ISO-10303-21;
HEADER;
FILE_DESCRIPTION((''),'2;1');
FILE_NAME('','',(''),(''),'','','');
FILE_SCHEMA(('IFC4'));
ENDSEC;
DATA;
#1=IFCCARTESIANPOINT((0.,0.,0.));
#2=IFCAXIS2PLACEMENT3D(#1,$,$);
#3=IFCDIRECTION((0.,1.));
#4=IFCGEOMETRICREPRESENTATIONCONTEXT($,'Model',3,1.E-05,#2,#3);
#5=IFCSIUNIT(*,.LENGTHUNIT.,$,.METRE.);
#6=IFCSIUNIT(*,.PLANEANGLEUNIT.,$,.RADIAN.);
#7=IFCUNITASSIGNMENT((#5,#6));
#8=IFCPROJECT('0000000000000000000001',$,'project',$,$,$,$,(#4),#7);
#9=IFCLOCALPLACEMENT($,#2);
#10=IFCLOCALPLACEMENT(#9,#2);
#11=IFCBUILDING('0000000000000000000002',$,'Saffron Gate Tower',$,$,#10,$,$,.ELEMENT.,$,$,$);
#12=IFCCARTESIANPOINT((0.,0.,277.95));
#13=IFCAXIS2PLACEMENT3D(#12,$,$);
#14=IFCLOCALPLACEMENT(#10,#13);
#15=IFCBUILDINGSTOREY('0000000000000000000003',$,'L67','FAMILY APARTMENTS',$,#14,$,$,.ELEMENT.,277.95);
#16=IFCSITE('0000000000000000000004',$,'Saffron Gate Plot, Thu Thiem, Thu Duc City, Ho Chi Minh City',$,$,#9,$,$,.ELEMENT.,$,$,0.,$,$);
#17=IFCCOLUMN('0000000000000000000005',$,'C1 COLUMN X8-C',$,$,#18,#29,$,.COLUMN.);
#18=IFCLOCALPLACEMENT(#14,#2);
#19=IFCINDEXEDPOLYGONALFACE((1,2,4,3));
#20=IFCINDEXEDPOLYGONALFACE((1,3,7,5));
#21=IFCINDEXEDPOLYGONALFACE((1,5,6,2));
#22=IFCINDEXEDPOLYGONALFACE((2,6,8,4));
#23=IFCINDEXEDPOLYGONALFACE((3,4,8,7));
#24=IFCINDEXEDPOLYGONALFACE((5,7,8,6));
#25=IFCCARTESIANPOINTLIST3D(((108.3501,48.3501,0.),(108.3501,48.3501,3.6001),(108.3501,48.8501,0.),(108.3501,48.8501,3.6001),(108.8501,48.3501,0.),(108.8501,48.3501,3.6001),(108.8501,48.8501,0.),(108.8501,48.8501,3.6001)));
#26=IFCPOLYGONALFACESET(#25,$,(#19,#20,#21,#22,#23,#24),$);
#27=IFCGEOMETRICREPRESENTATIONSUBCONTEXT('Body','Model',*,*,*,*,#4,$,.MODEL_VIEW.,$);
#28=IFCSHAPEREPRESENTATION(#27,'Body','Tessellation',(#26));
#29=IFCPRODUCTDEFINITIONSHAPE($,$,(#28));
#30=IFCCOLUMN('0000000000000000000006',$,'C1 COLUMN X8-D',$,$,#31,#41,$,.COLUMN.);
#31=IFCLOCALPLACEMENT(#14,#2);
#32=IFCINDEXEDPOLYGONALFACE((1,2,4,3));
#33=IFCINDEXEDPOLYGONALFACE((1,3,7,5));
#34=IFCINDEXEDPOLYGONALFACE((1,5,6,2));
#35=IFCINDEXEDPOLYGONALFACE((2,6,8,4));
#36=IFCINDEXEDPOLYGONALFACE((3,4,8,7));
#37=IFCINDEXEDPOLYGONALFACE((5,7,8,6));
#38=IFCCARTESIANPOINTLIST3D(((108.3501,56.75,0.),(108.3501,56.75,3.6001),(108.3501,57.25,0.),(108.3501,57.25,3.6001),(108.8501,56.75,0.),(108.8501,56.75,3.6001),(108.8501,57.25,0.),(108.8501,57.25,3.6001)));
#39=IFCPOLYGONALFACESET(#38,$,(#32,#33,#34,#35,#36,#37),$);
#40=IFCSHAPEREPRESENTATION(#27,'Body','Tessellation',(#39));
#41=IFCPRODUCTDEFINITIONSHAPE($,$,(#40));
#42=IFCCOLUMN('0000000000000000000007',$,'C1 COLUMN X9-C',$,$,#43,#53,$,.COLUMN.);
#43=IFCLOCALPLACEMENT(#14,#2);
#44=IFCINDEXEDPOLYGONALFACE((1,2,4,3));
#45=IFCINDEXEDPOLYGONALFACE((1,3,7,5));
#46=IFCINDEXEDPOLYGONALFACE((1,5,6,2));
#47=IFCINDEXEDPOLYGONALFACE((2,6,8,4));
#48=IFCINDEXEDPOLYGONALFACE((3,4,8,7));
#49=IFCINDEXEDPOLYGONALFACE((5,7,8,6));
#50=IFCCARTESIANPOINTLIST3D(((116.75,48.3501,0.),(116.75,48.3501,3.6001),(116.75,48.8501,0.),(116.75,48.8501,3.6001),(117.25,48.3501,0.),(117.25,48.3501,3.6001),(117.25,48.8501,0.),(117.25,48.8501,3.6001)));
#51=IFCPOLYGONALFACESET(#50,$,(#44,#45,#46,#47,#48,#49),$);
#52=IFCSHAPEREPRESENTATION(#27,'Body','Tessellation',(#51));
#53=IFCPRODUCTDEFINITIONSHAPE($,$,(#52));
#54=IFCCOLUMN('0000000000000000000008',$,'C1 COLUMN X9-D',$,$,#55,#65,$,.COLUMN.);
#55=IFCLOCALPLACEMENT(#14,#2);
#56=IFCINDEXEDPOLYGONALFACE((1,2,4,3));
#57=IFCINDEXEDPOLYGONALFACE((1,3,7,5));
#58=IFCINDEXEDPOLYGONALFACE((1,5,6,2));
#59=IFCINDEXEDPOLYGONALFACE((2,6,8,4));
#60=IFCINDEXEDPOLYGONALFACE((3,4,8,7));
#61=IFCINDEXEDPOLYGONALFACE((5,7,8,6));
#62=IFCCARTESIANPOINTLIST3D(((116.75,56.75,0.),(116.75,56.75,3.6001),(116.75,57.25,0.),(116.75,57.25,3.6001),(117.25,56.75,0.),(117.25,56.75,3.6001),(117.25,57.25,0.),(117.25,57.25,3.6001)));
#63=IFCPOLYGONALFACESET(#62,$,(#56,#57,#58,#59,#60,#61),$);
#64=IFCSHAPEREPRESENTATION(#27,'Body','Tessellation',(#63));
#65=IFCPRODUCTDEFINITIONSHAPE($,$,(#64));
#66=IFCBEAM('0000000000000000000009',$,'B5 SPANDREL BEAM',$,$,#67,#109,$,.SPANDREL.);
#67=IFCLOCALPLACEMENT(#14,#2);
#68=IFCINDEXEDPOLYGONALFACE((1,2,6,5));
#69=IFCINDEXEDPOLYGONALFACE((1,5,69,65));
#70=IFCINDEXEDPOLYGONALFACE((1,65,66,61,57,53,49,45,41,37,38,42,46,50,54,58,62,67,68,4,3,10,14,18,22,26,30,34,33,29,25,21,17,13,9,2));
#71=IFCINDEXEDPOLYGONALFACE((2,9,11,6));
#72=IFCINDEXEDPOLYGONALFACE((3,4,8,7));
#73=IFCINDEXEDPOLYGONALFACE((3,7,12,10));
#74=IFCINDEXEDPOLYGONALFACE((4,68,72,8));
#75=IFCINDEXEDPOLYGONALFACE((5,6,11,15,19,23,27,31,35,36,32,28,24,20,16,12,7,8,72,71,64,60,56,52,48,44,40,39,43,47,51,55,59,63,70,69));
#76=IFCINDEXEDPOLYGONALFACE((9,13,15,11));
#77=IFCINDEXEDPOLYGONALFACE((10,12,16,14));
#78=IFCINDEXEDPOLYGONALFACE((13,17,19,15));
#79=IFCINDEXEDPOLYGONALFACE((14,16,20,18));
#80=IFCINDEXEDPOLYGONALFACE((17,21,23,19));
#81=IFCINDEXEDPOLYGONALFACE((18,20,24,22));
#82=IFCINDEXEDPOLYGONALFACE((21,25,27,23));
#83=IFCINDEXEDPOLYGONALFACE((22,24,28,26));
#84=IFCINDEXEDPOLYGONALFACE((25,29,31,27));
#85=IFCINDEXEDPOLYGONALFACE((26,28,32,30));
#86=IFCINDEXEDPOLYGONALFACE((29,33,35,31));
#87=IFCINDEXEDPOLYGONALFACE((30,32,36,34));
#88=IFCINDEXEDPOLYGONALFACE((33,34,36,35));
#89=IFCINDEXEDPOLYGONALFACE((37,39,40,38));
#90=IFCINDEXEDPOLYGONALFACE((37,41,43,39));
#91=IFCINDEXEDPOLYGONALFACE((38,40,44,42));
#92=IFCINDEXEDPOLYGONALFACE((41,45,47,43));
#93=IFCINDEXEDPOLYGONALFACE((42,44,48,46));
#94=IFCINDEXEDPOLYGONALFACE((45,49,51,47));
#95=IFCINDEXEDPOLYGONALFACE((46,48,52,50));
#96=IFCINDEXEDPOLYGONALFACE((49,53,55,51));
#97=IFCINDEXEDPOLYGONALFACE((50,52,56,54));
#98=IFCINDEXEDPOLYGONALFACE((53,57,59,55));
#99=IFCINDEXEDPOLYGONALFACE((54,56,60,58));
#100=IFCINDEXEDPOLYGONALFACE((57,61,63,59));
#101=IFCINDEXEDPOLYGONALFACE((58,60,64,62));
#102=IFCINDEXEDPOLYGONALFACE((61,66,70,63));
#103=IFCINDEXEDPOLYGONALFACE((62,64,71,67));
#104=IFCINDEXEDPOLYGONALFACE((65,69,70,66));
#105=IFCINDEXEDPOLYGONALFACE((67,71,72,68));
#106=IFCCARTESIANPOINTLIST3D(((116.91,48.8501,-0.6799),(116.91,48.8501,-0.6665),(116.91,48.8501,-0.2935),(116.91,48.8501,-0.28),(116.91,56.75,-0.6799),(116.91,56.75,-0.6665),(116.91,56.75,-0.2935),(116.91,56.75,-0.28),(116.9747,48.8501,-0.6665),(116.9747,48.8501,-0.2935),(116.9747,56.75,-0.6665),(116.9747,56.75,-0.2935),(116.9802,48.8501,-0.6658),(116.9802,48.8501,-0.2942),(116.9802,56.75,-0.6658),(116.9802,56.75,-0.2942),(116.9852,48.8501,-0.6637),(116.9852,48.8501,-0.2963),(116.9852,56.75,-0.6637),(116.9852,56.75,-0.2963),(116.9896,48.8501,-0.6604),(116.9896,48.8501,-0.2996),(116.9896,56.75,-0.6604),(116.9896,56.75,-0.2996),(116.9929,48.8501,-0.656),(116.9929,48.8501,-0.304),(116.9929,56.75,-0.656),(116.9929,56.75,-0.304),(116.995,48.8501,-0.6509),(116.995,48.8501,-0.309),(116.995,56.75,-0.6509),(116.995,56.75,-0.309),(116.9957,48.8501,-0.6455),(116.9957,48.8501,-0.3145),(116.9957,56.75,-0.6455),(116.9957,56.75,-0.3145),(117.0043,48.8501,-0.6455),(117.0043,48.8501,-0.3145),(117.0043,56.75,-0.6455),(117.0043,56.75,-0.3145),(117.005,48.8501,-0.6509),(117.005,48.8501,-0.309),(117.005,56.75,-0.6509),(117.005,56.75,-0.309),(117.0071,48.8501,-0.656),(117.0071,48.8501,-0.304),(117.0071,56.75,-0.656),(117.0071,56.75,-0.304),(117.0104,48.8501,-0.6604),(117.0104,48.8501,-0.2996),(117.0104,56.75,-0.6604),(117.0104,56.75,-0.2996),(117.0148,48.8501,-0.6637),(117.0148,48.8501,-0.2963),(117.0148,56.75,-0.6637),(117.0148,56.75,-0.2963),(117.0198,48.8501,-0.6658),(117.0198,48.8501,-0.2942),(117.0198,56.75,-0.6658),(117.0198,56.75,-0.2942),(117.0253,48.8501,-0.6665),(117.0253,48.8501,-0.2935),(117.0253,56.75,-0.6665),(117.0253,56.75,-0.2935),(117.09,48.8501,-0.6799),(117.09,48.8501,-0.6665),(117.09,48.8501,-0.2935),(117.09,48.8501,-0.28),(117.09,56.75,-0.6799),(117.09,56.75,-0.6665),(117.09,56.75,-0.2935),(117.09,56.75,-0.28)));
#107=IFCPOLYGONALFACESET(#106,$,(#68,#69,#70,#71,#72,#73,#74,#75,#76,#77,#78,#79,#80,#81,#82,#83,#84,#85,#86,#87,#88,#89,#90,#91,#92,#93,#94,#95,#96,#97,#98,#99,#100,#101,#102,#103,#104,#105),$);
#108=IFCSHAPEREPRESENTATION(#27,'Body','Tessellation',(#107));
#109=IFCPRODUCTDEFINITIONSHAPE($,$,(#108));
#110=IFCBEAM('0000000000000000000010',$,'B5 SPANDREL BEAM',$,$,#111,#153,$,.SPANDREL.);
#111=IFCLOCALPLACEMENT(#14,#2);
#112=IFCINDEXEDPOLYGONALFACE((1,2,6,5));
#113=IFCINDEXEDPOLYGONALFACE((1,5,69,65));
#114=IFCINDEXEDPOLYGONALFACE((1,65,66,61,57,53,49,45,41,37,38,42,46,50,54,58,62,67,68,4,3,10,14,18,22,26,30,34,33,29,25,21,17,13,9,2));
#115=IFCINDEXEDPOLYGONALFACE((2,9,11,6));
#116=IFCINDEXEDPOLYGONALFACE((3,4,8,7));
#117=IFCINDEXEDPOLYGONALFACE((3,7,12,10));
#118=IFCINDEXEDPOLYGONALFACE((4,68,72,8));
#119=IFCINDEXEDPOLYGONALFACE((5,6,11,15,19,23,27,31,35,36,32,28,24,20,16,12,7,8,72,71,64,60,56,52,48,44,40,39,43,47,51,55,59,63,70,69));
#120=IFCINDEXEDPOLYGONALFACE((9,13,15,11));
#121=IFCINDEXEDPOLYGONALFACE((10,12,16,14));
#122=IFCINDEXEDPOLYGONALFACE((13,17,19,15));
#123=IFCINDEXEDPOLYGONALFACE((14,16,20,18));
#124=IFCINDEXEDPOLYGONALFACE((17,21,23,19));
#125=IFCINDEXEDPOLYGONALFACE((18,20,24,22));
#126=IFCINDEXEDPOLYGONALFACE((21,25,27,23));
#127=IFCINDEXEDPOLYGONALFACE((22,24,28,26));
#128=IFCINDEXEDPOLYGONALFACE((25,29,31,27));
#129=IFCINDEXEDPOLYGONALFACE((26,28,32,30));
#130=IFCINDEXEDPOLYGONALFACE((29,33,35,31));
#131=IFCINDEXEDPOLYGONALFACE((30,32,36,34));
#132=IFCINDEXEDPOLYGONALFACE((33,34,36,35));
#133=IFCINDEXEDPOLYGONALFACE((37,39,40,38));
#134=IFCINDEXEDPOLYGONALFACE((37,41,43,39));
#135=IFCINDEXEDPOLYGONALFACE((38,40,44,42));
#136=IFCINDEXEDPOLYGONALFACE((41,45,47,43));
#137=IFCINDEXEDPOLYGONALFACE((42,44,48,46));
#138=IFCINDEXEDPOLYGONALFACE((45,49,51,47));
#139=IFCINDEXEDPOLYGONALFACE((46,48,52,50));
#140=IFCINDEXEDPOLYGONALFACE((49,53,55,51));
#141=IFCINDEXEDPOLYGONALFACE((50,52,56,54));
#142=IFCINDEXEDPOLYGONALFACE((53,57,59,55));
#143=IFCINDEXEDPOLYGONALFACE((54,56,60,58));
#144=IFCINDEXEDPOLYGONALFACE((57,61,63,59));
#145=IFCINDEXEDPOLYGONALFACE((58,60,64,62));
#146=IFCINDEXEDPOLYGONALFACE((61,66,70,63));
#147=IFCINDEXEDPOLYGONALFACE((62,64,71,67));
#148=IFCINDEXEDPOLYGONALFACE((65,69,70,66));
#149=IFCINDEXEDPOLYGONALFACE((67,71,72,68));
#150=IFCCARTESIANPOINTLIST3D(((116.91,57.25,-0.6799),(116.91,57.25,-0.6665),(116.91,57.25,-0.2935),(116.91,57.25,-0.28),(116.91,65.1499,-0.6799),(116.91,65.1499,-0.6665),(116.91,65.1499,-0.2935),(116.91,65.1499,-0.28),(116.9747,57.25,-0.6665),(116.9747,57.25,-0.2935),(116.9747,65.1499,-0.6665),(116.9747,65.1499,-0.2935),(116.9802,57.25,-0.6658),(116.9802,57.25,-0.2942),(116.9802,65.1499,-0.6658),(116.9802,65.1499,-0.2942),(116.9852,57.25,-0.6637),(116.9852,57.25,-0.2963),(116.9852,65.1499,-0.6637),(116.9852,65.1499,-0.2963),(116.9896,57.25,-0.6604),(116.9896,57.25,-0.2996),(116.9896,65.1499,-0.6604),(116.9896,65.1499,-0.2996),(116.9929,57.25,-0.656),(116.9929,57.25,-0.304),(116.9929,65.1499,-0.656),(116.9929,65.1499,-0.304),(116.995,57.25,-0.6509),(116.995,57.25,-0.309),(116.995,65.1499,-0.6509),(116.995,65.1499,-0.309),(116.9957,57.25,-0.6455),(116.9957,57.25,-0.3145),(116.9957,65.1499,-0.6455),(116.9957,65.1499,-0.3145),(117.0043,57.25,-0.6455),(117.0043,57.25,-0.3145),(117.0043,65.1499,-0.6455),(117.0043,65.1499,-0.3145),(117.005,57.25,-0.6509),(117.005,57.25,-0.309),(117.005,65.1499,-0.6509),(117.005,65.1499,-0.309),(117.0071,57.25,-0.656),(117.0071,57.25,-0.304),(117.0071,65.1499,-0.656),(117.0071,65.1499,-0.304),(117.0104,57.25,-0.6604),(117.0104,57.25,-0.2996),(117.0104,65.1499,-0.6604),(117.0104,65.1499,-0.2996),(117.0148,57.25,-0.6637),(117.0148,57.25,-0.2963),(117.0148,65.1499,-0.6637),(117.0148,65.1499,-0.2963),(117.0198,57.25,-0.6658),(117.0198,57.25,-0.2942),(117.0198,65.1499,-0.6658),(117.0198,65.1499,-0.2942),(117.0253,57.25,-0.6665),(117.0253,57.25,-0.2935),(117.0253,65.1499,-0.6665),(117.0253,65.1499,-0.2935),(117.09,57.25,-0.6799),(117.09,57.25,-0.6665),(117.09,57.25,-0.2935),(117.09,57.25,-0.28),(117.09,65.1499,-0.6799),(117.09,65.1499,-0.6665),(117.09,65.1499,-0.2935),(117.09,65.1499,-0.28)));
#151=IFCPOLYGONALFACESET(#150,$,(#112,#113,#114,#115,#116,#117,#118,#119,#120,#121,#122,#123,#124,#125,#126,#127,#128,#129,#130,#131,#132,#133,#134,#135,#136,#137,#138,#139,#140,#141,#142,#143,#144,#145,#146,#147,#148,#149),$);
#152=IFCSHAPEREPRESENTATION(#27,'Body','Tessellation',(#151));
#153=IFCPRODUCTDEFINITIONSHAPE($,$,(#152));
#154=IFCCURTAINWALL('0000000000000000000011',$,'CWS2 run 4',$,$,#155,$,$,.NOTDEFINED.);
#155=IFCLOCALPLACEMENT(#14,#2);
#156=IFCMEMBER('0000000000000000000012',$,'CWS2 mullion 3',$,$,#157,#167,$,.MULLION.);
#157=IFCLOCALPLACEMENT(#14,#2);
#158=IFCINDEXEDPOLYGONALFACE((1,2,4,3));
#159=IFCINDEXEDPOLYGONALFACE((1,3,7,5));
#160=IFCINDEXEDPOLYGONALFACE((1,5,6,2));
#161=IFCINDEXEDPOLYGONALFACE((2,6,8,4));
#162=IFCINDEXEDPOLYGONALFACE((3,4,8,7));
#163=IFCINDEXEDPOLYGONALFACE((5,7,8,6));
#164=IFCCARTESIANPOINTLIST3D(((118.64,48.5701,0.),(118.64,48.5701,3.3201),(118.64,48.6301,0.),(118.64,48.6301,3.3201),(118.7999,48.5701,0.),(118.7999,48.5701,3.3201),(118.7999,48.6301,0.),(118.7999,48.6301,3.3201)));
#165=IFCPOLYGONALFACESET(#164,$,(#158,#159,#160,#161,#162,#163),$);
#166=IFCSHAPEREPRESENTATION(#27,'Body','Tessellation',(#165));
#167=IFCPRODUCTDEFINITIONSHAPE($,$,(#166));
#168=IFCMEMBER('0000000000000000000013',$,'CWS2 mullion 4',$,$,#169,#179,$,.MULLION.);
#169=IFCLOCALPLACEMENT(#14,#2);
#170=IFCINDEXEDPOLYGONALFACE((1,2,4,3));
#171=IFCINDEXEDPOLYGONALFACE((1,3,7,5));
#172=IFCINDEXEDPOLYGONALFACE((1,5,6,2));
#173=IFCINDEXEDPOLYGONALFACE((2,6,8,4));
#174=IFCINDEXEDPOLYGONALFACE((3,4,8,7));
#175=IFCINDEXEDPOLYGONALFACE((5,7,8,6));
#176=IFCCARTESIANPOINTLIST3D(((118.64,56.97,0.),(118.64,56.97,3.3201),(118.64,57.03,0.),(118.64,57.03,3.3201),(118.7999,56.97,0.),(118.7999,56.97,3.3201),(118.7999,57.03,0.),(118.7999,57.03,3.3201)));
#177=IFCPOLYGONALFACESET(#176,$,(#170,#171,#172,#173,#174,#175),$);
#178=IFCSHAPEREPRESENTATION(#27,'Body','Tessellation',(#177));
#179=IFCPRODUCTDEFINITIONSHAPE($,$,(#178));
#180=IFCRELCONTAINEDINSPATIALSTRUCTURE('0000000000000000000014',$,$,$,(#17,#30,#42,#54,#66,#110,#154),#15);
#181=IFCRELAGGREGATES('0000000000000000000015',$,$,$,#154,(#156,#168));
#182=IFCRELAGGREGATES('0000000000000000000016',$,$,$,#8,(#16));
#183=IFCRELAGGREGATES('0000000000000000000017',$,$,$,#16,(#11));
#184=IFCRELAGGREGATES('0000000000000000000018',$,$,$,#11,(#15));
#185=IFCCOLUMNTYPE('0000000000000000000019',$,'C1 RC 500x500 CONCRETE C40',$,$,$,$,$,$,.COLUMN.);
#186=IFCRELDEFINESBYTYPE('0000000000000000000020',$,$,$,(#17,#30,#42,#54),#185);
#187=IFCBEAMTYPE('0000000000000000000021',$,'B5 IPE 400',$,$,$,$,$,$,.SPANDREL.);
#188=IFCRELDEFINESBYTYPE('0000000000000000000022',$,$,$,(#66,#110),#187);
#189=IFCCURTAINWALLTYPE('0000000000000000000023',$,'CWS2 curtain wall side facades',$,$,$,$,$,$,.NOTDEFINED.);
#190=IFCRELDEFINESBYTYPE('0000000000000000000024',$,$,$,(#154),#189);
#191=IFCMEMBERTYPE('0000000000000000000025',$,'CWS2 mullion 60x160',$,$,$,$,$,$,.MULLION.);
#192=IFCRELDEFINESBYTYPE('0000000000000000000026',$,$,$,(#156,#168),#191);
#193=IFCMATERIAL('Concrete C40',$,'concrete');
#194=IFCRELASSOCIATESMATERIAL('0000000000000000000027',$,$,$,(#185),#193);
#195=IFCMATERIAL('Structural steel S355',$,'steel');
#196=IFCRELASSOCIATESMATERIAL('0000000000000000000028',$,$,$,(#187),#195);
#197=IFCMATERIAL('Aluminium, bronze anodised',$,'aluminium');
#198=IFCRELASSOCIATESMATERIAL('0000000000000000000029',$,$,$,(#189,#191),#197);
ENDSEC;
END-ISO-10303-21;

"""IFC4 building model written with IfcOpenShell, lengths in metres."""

from ifc_helpers import new_model, si_unit, direction, frame, origin, origin_2d, place, context, subcontext, project, spatial, rectangle, i_section, extrude, material, material_profile, profile_set, type_object, element, aggregate, save


model = new_model("IFC4")

# Units and contexts
model_context = context("Model", 3, precision=1e-05, world=origin(), true_north=direction((0.0, 1.0)))
body_context = subcontext(model_context, "Body", "Model", "MODEL_VIEW")
ifc_project = project(units=[si_unit("LENGTHUNIT", "METRE"), si_unit("PLANEANGLEUNIT", "RADIAN")], contexts=[model_context])

# Site, building, storey
site_placement = place(None, origin())
site = spatial("IfcSite", under=ifc_project, at=site_placement, Name="Saffron Gate Plot, Thu Thiem, Thu Duc City, Ho Chi Minh City", CompositionType="ELEMENT", RefElevation=0.0)
building_placement = place(site_placement, origin())
building = spatial("IfcBuilding", under=site, at=building_placement, Name="Saffron Gate Tower", CompositionType="ELEMENT")
storey_placement = place(building_placement, frame((0.0, 0.0, 277.95)))
storey = spatial("IfcBuildingStorey", under=building, at=storey_placement, Name="L67", Description="FAMILY APARTMENTS", CompositionType="ELEMENT", Elevation=277.95)

# Columns
ifc_material_1 = material(Name="Concrete C40", Category="concrete")
ifc_material_profile_1 = material_profile(ifc_material_1, rectangle(XDim=0.5, YDim=0.5, at=origin_2d()))
ifc_profile_set_1 = profile_set([ifc_material_profile_1], Name="Concrete C40")
column_type = type_object("IfcColumnType", Name="C1 RC 500x500 CONCRETE C40", PredefinedType="COLUMN", material=ifc_profile_set_1)
for number, where, z_axis, x_axis, name in (
    (1, (108.6001, 48.6001, 0.0), (0.0, 0.0, 1.0), (1.0, 0.0, 0.0), "C1 COLUMN X8-C"),
    (2, (108.6001, 57.0, 0.0), (0.0, 0.0, 1.0), (1.0, 0.0, 0.0), "C1 COLUMN X8-D"),
    (3, (117.0, 48.6001, 0.0), (0.0, 0.0, 1.0), (1.0, 0.0, 0.0), "C1 COLUMN X9-C"),
    (4, (117.0, 57.0, 0.0), (0.0, 0.0, 1.0), (1.0, 0.0, 0.0), "C1 COLUMN X9-D"),
):
    element("IfcColumn", number, at=place(storey_placement, frame(where, z_axis=z_axis, x_axis=x_axis)), inside=storey, type_object=column_type, Name=name, PredefinedType="COLUMN", context=body_context, shape_type="SweptSolid", body=[
        extrude(rectangle(XDim=0.5, YDim=0.5, at=origin_2d()), origin(), (0.0, 0.0, 1.0), 3.6001),
    ])

# Beams
ifc_material_2 = material(Name="Structural steel S355", Category="steel")
ifc_material_profile_2 = material_profile(ifc_material_2, i_section(OverallWidth=0.1799, OverallDepth=0.3999, WebThickness=0.0085, FlangeThickness=0.0134, FilletRadius=0.021, at=origin_2d()))
ifc_profile_set_2 = profile_set([ifc_material_profile_2], Name="Structural steel S355")
beam_type = type_object("IfcBeamType", Name="B5 IPE 400", PredefinedType="SPANDREL", material=ifc_profile_set_2)
for number, where, z_axis, x_axis, name in (
    (5, (117.0, 48.8501, -0.48), (0.0, 1.0, 0.0), (-1.0, 0.0, 0.0), "B5 SPANDREL BEAM"),
    (6, (117.0, 57.25, -0.48), (0.0, 1.0, 0.0), (-1.0, 0.0, 0.0), "B5 SPANDREL BEAM"),
):
    element("IfcBeam", number, at=place(storey_placement, frame(where, z_axis=z_axis, x_axis=x_axis)), inside=storey, type_object=beam_type, Name=name, PredefinedType="SPANDREL", context=body_context, shape_type="SweptSolid", body=[
        extrude(i_section(OverallWidth=0.1799, OverallDepth=0.3999, WebThickness=0.0085, FlangeThickness=0.0134, FilletRadius=0.021, at=origin_2d()), origin(), (0.0, 0.0, 1.0), 7.8999),
    ])

# Curtain wall, members
ifc_material_3 = material(Name="Aluminium, bronze anodised", Category="aluminium")
curtain_wall_type = type_object("IfcCurtainWallType", Name="CWS2 curtain wall side facades", PredefinedType="NOTDEFINED", material=ifc_material_3)
curtain_wall_placement = place(storey_placement, origin())
curtain_wall = element("IfcCurtainWall", 7, at=curtain_wall_placement, inside=storey, type_object=curtain_wall_type, Name="CWS2 run 4", PredefinedType="NOTDEFINED")
ifc_material_profile_3 = material_profile(ifc_material_3, rectangle(XDim=0.1599, YDim=0.0601, at=origin_2d()))
ifc_profile_set_3 = profile_set([ifc_material_profile_3], Name="Aluminium, bronze anodised")
member_type = type_object("IfcMemberType", Name="CWS2 mullion 60x160", PredefinedType="MULLION", material=ifc_profile_set_3)
member_1_placement = place(storey_placement, frame((118.72, 48.6001, 0.0), z_axis=(0.0, 0.0, 1.0), x_axis=(-1.0, 0.0, 0.0)))
member_1 = element("IfcMember", 8, at=member_1_placement, type_object=member_type, Name="CWS2 mullion 3", PredefinedType="MULLION", context=body_context, shape_type="SweptSolid", body=[
    extrude(rectangle(XDim=0.1599, YDim=0.0601, at=origin_2d()), origin(), (0.0, 0.0, 1.0), 3.3201),
])
member_2_placement = place(storey_placement, frame((118.72, 57.0, 0.0), z_axis=(0.0, 0.0, 1.0), x_axis=(-1.0, 0.0, 0.0)))
member_2 = element("IfcMember", 9, at=member_2_placement, type_object=member_type, Name="CWS2 mullion 4", PredefinedType="MULLION", context=body_context, shape_type="SweptSolid", body=[
    extrude(rectangle(XDim=0.1599, YDim=0.0601, at=origin_2d()), origin(), (0.0, 0.0, 1.0), 3.3201),
])
aggregate(curtain_wall, [member_1, member_2])

save(model, "model.ifc")
